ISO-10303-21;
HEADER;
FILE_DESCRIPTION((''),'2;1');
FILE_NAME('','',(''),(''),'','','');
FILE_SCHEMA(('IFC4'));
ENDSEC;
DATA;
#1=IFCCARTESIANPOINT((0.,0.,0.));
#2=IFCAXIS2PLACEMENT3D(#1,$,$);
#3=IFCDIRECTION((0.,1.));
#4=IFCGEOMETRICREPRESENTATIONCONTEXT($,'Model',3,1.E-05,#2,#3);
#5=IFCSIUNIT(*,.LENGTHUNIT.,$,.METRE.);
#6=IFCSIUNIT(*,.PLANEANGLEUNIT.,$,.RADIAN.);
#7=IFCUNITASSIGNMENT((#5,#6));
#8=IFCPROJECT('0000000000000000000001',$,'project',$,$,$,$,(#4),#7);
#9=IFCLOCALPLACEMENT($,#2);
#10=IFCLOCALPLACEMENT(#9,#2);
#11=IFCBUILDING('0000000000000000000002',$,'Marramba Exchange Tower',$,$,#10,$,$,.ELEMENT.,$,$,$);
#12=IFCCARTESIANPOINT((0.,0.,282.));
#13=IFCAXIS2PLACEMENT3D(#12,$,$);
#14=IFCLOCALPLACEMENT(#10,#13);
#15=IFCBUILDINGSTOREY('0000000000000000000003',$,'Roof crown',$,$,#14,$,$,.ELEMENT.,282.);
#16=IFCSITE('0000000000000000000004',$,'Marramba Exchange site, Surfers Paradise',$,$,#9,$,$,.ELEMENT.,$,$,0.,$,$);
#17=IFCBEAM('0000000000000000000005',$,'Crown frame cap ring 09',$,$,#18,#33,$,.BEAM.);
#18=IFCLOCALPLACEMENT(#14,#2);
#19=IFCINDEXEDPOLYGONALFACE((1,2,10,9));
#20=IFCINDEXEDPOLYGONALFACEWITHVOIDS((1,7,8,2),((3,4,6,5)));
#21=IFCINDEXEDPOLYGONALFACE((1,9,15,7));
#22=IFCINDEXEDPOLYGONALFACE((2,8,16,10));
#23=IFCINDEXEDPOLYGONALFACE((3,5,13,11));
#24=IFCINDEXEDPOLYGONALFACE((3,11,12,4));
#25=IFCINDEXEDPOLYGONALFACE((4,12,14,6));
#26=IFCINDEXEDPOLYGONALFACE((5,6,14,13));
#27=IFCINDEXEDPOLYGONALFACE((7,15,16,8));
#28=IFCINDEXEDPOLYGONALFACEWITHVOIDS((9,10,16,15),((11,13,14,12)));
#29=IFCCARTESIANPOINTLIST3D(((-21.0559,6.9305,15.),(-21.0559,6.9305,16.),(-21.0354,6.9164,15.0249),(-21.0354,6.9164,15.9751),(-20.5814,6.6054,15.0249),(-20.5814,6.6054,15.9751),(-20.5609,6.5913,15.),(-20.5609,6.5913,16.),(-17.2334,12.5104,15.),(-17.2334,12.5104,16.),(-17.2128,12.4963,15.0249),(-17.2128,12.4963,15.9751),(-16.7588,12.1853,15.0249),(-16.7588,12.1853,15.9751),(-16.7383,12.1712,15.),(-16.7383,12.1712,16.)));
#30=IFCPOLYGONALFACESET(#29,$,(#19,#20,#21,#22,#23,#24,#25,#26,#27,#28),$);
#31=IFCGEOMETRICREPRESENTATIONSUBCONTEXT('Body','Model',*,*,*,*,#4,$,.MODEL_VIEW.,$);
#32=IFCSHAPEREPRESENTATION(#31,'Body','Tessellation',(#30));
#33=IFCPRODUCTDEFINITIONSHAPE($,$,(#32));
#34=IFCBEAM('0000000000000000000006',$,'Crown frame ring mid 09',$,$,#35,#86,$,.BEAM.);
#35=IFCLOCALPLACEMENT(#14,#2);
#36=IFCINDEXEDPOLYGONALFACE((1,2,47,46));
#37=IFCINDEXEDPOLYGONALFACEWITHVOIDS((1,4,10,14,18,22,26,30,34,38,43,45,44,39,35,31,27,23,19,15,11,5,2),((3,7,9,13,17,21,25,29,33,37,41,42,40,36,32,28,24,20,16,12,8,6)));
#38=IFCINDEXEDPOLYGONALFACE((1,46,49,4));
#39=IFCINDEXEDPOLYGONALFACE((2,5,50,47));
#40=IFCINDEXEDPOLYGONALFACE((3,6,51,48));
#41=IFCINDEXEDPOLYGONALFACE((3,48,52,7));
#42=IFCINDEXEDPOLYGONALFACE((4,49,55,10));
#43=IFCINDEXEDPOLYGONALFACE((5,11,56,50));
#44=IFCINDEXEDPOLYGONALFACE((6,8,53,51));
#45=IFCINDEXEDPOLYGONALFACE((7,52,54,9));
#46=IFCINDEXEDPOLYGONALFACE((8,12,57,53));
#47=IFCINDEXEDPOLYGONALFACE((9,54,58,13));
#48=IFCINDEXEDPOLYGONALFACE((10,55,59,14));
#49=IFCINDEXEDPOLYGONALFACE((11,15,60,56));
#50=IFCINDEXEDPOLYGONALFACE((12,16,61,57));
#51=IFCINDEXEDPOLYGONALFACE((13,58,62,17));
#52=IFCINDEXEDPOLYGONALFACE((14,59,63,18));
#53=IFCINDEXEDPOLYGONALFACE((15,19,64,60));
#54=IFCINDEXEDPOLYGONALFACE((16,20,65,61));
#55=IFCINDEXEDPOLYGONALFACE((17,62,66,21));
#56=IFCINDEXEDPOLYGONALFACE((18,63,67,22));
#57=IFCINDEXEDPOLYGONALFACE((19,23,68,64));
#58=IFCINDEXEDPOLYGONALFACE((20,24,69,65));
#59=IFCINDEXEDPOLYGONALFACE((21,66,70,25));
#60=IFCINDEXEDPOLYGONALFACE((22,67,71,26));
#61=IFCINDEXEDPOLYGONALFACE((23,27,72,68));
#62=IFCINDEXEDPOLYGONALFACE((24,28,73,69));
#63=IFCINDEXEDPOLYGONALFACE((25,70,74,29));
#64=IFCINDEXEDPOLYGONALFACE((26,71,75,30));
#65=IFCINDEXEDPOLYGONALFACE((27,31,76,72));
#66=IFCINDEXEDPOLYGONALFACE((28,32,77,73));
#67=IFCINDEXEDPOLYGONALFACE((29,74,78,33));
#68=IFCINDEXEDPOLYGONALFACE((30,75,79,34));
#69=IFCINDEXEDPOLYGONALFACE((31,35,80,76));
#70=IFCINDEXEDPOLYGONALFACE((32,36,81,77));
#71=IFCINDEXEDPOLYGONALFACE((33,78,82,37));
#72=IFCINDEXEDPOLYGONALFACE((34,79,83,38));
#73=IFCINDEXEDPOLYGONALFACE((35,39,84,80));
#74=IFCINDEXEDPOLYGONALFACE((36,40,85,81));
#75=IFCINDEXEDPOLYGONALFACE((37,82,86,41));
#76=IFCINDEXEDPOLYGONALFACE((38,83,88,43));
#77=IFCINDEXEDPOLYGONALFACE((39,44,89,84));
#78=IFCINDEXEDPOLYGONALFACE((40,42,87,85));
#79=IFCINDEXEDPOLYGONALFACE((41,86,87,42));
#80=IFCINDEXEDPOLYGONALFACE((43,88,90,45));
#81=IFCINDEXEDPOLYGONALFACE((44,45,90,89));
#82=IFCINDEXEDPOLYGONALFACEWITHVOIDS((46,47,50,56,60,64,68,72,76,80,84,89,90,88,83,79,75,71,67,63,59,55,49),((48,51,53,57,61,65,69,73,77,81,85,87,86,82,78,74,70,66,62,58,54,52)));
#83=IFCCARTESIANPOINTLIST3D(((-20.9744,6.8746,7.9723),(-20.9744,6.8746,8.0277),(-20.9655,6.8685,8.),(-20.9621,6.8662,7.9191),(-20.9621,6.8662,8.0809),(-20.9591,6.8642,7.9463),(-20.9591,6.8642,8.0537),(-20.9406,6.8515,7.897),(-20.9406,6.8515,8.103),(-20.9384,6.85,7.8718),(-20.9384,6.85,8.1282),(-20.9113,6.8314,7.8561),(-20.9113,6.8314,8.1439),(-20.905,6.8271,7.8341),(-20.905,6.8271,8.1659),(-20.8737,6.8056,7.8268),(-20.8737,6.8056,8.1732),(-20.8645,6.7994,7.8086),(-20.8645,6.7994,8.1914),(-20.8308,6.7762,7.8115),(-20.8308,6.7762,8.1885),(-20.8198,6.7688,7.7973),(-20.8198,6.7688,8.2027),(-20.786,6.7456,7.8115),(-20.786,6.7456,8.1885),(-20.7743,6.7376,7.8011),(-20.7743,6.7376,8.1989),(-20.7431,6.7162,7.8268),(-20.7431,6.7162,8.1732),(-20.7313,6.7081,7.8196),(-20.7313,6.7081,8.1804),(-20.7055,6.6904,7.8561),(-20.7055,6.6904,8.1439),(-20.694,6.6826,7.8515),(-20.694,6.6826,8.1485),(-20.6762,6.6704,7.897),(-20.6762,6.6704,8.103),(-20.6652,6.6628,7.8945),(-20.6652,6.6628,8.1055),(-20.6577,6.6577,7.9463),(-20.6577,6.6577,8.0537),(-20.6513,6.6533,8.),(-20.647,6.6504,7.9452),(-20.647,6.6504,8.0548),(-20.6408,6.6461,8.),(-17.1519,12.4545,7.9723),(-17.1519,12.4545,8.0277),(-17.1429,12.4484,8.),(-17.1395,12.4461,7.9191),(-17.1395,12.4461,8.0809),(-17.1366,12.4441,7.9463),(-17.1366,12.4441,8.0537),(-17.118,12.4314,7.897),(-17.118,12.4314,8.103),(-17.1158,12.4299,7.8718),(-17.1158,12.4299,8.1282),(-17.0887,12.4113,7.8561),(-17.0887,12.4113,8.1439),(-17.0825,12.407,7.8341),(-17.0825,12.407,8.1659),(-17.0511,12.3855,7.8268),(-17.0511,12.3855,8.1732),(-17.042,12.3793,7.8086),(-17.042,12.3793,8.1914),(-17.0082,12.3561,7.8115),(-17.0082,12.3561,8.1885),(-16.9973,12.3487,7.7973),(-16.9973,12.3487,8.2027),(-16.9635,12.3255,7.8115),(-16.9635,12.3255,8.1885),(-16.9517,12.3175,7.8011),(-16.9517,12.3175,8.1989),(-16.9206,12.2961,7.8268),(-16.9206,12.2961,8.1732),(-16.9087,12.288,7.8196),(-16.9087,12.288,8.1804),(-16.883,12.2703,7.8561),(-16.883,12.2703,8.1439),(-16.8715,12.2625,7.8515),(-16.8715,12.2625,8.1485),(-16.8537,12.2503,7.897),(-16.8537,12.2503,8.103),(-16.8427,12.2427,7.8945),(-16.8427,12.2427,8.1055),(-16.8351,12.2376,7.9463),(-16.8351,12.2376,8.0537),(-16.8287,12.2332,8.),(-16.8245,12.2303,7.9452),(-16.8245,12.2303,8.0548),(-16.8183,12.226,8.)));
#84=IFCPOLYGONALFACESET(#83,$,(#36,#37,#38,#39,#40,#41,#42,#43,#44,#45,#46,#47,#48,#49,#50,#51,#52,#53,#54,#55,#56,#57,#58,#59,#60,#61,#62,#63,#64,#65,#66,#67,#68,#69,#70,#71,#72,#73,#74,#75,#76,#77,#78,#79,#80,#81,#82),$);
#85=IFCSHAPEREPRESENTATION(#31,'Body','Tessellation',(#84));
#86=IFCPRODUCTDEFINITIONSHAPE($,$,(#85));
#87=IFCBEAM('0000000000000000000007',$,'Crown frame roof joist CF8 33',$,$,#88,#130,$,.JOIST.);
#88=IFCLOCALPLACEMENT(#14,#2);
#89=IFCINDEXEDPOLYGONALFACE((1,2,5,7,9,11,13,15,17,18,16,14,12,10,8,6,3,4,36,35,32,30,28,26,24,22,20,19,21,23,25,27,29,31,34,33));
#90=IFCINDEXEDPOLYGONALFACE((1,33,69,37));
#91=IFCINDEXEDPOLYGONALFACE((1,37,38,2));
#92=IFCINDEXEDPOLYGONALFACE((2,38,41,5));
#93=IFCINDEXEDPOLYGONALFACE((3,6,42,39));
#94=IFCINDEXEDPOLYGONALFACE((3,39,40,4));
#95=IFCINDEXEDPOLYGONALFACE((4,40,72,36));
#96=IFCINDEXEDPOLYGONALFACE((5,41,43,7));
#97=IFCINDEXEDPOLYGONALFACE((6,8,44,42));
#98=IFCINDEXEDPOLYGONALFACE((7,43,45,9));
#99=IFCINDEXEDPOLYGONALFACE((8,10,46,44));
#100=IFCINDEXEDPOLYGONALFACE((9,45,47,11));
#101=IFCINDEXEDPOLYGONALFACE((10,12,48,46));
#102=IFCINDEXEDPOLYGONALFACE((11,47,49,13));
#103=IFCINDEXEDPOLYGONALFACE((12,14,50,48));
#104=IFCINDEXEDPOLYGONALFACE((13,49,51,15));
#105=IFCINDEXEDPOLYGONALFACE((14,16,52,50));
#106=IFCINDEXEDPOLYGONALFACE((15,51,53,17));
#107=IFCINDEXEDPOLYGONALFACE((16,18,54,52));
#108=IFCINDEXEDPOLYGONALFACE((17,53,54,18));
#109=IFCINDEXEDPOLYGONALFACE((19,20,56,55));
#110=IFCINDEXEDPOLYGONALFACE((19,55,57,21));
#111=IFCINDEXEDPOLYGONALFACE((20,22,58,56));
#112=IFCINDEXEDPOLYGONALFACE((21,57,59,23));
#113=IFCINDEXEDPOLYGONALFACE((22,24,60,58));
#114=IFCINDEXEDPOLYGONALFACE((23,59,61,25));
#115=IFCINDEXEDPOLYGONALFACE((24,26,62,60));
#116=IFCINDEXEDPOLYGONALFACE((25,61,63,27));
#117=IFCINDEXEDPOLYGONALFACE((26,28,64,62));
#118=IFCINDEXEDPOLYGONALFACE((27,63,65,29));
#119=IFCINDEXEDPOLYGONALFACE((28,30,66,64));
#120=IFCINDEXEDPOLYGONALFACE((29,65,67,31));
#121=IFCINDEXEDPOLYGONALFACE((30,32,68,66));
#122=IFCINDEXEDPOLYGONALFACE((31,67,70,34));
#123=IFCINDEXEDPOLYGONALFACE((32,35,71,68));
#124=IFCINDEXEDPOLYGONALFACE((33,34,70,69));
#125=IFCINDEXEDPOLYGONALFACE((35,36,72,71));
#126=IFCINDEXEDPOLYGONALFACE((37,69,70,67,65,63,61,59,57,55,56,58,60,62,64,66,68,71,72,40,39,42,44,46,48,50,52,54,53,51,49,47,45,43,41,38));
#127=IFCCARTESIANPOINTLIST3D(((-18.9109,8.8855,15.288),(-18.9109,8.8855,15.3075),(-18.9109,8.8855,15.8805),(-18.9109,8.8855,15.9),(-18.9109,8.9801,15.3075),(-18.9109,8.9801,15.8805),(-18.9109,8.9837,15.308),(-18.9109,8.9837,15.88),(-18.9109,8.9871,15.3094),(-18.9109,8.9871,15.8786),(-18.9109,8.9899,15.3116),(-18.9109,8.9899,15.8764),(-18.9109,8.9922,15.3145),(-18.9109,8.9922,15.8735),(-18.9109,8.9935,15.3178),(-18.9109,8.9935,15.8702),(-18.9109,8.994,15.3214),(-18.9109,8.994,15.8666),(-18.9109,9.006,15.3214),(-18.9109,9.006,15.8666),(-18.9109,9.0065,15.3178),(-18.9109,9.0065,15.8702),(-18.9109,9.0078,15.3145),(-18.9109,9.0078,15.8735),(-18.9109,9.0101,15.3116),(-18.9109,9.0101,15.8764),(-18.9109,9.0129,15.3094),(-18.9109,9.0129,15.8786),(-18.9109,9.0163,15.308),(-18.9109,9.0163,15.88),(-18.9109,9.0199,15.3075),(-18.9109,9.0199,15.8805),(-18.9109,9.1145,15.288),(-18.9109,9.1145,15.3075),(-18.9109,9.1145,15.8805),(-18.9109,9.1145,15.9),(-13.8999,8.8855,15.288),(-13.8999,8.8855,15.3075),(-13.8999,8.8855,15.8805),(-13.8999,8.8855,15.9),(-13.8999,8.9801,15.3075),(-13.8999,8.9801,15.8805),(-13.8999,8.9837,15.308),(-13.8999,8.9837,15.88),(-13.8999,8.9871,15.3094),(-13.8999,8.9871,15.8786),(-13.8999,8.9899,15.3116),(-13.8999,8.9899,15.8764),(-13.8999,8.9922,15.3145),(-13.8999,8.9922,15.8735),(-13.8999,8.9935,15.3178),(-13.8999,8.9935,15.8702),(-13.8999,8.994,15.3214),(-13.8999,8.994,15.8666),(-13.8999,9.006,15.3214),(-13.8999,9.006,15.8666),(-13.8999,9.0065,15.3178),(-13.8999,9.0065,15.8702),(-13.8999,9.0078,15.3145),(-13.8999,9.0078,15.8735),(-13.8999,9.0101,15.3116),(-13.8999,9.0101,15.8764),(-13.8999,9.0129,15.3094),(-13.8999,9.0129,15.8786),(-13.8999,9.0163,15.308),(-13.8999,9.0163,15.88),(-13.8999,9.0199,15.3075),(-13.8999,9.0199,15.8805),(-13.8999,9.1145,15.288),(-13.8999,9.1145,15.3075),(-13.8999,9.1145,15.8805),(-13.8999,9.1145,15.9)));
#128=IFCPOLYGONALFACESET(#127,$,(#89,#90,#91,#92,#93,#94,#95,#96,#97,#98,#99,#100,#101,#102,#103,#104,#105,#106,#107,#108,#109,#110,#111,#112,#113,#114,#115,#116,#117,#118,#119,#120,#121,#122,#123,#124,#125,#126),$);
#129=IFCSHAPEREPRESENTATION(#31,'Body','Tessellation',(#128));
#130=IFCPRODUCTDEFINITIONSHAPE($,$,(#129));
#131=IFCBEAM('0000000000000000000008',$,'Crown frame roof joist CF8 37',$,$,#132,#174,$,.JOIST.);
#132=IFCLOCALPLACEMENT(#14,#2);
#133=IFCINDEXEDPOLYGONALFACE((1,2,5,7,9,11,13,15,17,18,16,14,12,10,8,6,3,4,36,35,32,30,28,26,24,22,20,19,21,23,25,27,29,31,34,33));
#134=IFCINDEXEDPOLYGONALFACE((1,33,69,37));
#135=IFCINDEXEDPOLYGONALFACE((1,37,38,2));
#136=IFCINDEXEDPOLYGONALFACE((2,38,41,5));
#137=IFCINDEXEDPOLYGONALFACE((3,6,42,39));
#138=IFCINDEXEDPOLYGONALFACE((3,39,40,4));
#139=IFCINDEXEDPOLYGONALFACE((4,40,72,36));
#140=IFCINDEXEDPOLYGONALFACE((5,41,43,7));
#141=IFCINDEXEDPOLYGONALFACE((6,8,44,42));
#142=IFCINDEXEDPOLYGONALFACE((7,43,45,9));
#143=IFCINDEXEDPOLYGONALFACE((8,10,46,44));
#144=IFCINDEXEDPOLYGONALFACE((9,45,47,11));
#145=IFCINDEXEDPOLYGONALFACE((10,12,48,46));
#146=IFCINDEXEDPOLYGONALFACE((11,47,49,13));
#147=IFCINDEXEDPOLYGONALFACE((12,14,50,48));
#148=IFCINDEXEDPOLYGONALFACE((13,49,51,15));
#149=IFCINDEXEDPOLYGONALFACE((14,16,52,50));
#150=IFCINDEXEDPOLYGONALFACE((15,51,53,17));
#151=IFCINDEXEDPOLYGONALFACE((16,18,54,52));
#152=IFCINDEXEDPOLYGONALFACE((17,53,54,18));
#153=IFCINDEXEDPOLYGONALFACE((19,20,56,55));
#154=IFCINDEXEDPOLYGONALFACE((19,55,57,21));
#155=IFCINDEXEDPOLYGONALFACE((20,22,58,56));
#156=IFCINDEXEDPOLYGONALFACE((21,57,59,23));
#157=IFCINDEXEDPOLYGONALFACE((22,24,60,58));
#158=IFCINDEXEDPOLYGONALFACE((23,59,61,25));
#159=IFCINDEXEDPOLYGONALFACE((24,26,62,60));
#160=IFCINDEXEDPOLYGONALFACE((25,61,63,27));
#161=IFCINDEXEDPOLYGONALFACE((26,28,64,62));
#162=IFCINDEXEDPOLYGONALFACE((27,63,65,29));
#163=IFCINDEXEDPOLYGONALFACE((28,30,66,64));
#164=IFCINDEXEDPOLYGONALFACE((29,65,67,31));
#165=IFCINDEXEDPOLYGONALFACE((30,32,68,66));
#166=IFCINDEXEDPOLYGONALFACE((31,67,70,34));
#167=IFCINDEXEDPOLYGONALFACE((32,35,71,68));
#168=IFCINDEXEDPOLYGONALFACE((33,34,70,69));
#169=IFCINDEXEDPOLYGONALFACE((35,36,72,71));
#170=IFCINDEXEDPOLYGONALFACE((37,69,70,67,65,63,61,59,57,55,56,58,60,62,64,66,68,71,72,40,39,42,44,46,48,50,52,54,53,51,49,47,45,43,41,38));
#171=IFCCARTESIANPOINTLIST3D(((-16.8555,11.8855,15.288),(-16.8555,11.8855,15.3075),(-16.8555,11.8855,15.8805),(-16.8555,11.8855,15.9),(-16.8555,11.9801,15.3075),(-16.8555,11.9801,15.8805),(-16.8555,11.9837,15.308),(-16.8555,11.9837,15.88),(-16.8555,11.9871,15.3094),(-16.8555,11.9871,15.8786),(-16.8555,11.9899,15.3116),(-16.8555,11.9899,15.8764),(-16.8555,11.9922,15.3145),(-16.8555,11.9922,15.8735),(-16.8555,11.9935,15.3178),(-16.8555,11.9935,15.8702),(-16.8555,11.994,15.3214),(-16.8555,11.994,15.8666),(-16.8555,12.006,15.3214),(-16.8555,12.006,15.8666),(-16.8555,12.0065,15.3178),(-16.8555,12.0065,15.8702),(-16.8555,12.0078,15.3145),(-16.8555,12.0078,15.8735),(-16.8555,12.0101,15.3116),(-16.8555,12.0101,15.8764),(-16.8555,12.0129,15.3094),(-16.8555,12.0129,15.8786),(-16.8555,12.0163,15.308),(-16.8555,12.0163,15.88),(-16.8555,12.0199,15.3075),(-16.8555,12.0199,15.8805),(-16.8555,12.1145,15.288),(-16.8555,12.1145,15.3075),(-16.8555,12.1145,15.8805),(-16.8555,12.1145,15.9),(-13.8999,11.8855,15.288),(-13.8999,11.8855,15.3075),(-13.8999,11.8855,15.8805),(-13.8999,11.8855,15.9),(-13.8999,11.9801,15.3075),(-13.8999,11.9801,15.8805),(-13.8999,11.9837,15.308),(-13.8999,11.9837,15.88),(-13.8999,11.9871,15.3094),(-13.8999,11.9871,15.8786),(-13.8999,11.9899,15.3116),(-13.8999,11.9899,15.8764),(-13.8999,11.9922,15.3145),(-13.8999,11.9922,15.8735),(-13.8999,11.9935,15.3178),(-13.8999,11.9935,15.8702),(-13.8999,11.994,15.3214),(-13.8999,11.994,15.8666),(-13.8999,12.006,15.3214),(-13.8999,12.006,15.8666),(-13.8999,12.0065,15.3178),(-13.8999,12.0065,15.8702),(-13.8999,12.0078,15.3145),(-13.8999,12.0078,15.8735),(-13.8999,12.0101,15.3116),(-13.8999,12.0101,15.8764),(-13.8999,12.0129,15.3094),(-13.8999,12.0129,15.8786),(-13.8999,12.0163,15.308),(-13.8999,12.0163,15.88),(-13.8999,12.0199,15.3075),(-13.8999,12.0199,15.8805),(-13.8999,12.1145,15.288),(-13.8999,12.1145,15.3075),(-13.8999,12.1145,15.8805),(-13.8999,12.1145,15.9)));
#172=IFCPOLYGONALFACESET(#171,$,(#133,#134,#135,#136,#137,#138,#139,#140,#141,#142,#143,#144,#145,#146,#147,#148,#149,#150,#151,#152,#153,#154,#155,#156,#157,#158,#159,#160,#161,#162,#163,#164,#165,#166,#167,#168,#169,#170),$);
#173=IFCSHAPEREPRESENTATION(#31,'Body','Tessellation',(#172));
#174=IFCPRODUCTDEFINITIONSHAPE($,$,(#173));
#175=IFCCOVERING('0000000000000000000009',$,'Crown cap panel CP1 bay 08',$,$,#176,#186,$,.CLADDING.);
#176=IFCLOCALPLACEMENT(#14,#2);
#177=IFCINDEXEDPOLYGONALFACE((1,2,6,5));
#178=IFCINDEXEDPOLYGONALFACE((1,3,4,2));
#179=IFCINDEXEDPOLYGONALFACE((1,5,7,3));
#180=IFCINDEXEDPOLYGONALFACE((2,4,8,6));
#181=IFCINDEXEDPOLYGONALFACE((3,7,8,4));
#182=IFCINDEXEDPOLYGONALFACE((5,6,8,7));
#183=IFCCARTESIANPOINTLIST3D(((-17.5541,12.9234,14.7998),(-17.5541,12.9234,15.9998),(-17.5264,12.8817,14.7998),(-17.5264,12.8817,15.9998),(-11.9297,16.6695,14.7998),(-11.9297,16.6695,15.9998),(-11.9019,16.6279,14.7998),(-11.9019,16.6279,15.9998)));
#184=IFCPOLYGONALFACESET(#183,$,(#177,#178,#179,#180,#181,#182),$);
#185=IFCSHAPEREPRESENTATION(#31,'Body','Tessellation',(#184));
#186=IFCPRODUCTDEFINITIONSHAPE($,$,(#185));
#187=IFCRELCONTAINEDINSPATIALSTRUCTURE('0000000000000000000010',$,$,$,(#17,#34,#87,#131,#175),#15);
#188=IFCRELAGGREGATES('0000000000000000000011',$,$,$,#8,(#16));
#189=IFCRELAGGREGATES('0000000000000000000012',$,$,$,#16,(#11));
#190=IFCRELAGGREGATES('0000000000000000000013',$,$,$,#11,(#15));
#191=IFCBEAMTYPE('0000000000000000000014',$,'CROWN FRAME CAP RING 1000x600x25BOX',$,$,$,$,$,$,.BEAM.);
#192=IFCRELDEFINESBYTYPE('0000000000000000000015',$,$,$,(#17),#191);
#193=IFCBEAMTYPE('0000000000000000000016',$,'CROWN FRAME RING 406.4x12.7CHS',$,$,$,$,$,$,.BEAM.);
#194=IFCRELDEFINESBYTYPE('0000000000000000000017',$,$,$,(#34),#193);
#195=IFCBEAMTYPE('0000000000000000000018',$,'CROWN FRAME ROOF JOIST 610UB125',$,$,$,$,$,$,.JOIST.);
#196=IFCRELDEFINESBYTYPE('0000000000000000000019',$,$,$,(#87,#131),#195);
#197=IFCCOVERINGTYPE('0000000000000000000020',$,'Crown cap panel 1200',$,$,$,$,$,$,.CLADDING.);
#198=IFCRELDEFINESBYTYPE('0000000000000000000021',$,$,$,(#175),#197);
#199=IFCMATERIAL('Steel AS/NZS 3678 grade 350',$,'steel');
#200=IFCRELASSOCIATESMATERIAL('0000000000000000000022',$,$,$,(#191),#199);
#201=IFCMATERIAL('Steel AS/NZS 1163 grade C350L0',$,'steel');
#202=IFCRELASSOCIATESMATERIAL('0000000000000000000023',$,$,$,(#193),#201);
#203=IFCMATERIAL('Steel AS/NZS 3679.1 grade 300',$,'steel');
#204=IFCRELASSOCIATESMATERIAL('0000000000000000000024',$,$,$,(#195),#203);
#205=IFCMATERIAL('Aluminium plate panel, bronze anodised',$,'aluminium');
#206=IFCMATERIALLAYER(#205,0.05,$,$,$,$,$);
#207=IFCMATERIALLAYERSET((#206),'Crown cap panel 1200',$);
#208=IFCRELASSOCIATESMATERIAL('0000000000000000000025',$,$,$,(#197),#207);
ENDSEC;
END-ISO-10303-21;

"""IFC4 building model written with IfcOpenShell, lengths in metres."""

from ifc_helpers import new_model, si_unit, direction, frame, origin, origin_2d, place, context, subcontext, project, spatial, rectangle, hollow_rectangle, hollow_circle, i_section, extrude, material, layer, layer_set, material_profile, profile_set, type_object, element, save


model = new_model("IFC4")

# Units and contexts
model_context = context("Model", 3, precision=1e-05, world=origin(), true_north=direction((0.0, 1.0)))
body_context = subcontext(model_context, "Body", "Model", "MODEL_VIEW")
ifc_project = project(units=[si_unit("LENGTHUNIT", "METRE"), si_unit("PLANEANGLEUNIT", "RADIAN")], contexts=[model_context])

# Site, building, storey
site_placement = place(None, origin())
site = spatial("IfcSite", under=ifc_project, at=site_placement, Name="Marramba Exchange site, Surfers Paradise", CompositionType="ELEMENT", RefElevation=0.0)
building_placement = place(site_placement, origin())
building = spatial("IfcBuilding", under=site, at=building_placement, Name="Marramba Exchange Tower", CompositionType="ELEMENT")
storey_placement = place(building_placement, frame((0.0, 0.0, 282.0)))
storey = spatial("IfcBuildingStorey", under=building, at=storey_placement, Name="Roof crown", CompositionType="ELEMENT", Elevation=282.0)

# Beams
ifc_material_1 = material(Name="Steel AS/NZS 3678 grade 350", Category="steel")
ifc_material_profile_1 = material_profile(ifc_material_1, hollow_rectangle(XDim=0.6001, YDim=1.0, WallThickness=0.0249, at=origin_2d()), Name="1000x600x25BOX")
ifc_profile_set_1 = profile_set([ifc_material_profile_1], Name="Steel AS/NZS 3678 grade 350")
beam_type_1 = type_object("IfcBeamType", Name="CROWN FRAME CAP RING 1000x600x25BOX", PredefinedType="BEAM", material=ifc_profile_set_1)
beam_1_placement = place(storey_placement, frame((-16.9858, 12.3408, 15.5), z_axis=(-0.56516, -0.824981, 0.0), x_axis=(0.824981, -0.56516, 0.0)))
element("IfcBeam", 1, at=beam_1_placement, inside=storey, type_object=beam_type_1, Name="Crown frame cap ring 09", PredefinedType="BEAM", context=body_context, shape_type="SweptSolid", body=[
    extrude(hollow_rectangle(XDim=0.6001, YDim=1.0, WallThickness=0.0249, at=origin_2d()), origin(), (0.0, 0.0, 1.0), 6.7637),
])
ifc_material_2 = material(Name="Steel AS/NZS 1163 grade C350L0", Category="steel")
ifc_material_profile_2 = material_profile(ifc_material_2, hollow_circle(Radius=0.2031, WallThickness=0.0127, at=origin_2d()), Name="406.4x12.7CHS")
ifc_profile_set_2 = profile_set([ifc_material_profile_2], Name="Steel AS/NZS 1163 grade C350L0")
beam_type_2 = type_object("IfcBeamType", Name="CROWN FRAME RING 406.4x12.7CHS", PredefinedType="BEAM", material=ifc_profile_set_2)
beam_2_placement = place(storey_placement, frame((-16.9858, 12.3408, 8.0), z_axis=(-0.56516, -0.824981, 0.0), x_axis=(0.824981, -0.56516, 0.0)))
element("IfcBeam", 2, at=beam_2_placement, inside=storey, type_object=beam_type_2, Name="Crown frame ring mid 09", PredefinedType="BEAM", context=body_context, shape_type="SweptSolid", body=[
    extrude(hollow_circle(Radius=0.2031, WallThickness=0.0127, at=origin_2d()), origin(), (0.0, 0.0, 1.0), 6.7637),
])
ifc_material_3 = material(Name="Steel AS/NZS 3679.1 grade 300", Category="steel")
ifc_material_profile_3 = material_profile(ifc_material_3, i_section(OverallWidth=0.229, OverallDepth=0.6121, WebThickness=0.012, FlangeThickness=0.0195, FilletRadius=0.0139, at=origin_2d()), Name="610UB125")
ifc_profile_set_3 = profile_set([ifc_material_profile_3], Name="Steel AS/NZS 3679.1 grade 300")
beam_type_3 = type_object("IfcBeamType", Name="CROWN FRAME ROOF JOIST 610UB125", PredefinedType="JOIST", material=ifc_profile_set_3)
beam_3_placement = place(storey_placement, frame((-18.9109, 9.0, 15.594), z_axis=(1.0, 0.0, 0.0), x_axis=(0.0, 1.0, 0.0)))
element("IfcBeam", 3, at=beam_3_placement, inside=storey, type_object=beam_type_3, Name="Crown frame roof joist CF8 33", PredefinedType="JOIST", context=body_context, shape_type="SweptSolid", body=[
    extrude(i_section(OverallWidth=0.229, OverallDepth=0.6121, WebThickness=0.012, FlangeThickness=0.0195, FilletRadius=0.0139, at=origin_2d()), origin(), (0.0, 0.0, 1.0), 5.011),
])
beam_4_placement = place(storey_placement, frame((-16.8555, 12.0, 15.594), z_axis=(1.0, 0.0, 0.0), x_axis=(0.0, 1.0, 0.0)))
element("IfcBeam", 4, at=beam_4_placement, inside=storey, type_object=beam_type_3, Name="Crown frame roof joist CF8 37", PredefinedType="JOIST", context=body_context, shape_type="SweptSolid", body=[
    extrude(i_section(OverallWidth=0.229, OverallDepth=0.6121, WebThickness=0.012, FlangeThickness=0.0195, FilletRadius=0.0139, at=origin_2d()), origin(), (0.0, 0.0, 1.0), 2.9556),
])

# Covering
ifc_material_4 = material(Name="Aluminium plate panel, bronze anodised", Category="aluminium")
ifc_layer = layer(ifc_material_4, 0.05)
ifc_layer_set = layer_set([ifc_layer], Name="Crown cap panel 1200")
covering_type = type_object("IfcCoveringType", Name="Crown cap panel 1200", PredefinedType="CLADDING", material=ifc_layer_set)
covering_1_placement = place(storey_placement, frame((-14.728, 14.7756, 14.7998), z_axis=(0.0, 0.0, 1.0), x_axis=(-0.832289, -0.554342, 0.0)))
element("IfcCovering", 5, at=covering_1_placement, inside=storey, type_object=covering_type, Name="Crown cap panel CP1 bay 08", PredefinedType="CLADDING", context=body_context, shape_type="SweptSolid", body=[
    extrude(rectangle(XDim=6.7578, YDim=0.05, at=origin_2d()), origin(), (0.0, 0.0, 1.0), 1.2),
])

save(model, "model.ifc")
